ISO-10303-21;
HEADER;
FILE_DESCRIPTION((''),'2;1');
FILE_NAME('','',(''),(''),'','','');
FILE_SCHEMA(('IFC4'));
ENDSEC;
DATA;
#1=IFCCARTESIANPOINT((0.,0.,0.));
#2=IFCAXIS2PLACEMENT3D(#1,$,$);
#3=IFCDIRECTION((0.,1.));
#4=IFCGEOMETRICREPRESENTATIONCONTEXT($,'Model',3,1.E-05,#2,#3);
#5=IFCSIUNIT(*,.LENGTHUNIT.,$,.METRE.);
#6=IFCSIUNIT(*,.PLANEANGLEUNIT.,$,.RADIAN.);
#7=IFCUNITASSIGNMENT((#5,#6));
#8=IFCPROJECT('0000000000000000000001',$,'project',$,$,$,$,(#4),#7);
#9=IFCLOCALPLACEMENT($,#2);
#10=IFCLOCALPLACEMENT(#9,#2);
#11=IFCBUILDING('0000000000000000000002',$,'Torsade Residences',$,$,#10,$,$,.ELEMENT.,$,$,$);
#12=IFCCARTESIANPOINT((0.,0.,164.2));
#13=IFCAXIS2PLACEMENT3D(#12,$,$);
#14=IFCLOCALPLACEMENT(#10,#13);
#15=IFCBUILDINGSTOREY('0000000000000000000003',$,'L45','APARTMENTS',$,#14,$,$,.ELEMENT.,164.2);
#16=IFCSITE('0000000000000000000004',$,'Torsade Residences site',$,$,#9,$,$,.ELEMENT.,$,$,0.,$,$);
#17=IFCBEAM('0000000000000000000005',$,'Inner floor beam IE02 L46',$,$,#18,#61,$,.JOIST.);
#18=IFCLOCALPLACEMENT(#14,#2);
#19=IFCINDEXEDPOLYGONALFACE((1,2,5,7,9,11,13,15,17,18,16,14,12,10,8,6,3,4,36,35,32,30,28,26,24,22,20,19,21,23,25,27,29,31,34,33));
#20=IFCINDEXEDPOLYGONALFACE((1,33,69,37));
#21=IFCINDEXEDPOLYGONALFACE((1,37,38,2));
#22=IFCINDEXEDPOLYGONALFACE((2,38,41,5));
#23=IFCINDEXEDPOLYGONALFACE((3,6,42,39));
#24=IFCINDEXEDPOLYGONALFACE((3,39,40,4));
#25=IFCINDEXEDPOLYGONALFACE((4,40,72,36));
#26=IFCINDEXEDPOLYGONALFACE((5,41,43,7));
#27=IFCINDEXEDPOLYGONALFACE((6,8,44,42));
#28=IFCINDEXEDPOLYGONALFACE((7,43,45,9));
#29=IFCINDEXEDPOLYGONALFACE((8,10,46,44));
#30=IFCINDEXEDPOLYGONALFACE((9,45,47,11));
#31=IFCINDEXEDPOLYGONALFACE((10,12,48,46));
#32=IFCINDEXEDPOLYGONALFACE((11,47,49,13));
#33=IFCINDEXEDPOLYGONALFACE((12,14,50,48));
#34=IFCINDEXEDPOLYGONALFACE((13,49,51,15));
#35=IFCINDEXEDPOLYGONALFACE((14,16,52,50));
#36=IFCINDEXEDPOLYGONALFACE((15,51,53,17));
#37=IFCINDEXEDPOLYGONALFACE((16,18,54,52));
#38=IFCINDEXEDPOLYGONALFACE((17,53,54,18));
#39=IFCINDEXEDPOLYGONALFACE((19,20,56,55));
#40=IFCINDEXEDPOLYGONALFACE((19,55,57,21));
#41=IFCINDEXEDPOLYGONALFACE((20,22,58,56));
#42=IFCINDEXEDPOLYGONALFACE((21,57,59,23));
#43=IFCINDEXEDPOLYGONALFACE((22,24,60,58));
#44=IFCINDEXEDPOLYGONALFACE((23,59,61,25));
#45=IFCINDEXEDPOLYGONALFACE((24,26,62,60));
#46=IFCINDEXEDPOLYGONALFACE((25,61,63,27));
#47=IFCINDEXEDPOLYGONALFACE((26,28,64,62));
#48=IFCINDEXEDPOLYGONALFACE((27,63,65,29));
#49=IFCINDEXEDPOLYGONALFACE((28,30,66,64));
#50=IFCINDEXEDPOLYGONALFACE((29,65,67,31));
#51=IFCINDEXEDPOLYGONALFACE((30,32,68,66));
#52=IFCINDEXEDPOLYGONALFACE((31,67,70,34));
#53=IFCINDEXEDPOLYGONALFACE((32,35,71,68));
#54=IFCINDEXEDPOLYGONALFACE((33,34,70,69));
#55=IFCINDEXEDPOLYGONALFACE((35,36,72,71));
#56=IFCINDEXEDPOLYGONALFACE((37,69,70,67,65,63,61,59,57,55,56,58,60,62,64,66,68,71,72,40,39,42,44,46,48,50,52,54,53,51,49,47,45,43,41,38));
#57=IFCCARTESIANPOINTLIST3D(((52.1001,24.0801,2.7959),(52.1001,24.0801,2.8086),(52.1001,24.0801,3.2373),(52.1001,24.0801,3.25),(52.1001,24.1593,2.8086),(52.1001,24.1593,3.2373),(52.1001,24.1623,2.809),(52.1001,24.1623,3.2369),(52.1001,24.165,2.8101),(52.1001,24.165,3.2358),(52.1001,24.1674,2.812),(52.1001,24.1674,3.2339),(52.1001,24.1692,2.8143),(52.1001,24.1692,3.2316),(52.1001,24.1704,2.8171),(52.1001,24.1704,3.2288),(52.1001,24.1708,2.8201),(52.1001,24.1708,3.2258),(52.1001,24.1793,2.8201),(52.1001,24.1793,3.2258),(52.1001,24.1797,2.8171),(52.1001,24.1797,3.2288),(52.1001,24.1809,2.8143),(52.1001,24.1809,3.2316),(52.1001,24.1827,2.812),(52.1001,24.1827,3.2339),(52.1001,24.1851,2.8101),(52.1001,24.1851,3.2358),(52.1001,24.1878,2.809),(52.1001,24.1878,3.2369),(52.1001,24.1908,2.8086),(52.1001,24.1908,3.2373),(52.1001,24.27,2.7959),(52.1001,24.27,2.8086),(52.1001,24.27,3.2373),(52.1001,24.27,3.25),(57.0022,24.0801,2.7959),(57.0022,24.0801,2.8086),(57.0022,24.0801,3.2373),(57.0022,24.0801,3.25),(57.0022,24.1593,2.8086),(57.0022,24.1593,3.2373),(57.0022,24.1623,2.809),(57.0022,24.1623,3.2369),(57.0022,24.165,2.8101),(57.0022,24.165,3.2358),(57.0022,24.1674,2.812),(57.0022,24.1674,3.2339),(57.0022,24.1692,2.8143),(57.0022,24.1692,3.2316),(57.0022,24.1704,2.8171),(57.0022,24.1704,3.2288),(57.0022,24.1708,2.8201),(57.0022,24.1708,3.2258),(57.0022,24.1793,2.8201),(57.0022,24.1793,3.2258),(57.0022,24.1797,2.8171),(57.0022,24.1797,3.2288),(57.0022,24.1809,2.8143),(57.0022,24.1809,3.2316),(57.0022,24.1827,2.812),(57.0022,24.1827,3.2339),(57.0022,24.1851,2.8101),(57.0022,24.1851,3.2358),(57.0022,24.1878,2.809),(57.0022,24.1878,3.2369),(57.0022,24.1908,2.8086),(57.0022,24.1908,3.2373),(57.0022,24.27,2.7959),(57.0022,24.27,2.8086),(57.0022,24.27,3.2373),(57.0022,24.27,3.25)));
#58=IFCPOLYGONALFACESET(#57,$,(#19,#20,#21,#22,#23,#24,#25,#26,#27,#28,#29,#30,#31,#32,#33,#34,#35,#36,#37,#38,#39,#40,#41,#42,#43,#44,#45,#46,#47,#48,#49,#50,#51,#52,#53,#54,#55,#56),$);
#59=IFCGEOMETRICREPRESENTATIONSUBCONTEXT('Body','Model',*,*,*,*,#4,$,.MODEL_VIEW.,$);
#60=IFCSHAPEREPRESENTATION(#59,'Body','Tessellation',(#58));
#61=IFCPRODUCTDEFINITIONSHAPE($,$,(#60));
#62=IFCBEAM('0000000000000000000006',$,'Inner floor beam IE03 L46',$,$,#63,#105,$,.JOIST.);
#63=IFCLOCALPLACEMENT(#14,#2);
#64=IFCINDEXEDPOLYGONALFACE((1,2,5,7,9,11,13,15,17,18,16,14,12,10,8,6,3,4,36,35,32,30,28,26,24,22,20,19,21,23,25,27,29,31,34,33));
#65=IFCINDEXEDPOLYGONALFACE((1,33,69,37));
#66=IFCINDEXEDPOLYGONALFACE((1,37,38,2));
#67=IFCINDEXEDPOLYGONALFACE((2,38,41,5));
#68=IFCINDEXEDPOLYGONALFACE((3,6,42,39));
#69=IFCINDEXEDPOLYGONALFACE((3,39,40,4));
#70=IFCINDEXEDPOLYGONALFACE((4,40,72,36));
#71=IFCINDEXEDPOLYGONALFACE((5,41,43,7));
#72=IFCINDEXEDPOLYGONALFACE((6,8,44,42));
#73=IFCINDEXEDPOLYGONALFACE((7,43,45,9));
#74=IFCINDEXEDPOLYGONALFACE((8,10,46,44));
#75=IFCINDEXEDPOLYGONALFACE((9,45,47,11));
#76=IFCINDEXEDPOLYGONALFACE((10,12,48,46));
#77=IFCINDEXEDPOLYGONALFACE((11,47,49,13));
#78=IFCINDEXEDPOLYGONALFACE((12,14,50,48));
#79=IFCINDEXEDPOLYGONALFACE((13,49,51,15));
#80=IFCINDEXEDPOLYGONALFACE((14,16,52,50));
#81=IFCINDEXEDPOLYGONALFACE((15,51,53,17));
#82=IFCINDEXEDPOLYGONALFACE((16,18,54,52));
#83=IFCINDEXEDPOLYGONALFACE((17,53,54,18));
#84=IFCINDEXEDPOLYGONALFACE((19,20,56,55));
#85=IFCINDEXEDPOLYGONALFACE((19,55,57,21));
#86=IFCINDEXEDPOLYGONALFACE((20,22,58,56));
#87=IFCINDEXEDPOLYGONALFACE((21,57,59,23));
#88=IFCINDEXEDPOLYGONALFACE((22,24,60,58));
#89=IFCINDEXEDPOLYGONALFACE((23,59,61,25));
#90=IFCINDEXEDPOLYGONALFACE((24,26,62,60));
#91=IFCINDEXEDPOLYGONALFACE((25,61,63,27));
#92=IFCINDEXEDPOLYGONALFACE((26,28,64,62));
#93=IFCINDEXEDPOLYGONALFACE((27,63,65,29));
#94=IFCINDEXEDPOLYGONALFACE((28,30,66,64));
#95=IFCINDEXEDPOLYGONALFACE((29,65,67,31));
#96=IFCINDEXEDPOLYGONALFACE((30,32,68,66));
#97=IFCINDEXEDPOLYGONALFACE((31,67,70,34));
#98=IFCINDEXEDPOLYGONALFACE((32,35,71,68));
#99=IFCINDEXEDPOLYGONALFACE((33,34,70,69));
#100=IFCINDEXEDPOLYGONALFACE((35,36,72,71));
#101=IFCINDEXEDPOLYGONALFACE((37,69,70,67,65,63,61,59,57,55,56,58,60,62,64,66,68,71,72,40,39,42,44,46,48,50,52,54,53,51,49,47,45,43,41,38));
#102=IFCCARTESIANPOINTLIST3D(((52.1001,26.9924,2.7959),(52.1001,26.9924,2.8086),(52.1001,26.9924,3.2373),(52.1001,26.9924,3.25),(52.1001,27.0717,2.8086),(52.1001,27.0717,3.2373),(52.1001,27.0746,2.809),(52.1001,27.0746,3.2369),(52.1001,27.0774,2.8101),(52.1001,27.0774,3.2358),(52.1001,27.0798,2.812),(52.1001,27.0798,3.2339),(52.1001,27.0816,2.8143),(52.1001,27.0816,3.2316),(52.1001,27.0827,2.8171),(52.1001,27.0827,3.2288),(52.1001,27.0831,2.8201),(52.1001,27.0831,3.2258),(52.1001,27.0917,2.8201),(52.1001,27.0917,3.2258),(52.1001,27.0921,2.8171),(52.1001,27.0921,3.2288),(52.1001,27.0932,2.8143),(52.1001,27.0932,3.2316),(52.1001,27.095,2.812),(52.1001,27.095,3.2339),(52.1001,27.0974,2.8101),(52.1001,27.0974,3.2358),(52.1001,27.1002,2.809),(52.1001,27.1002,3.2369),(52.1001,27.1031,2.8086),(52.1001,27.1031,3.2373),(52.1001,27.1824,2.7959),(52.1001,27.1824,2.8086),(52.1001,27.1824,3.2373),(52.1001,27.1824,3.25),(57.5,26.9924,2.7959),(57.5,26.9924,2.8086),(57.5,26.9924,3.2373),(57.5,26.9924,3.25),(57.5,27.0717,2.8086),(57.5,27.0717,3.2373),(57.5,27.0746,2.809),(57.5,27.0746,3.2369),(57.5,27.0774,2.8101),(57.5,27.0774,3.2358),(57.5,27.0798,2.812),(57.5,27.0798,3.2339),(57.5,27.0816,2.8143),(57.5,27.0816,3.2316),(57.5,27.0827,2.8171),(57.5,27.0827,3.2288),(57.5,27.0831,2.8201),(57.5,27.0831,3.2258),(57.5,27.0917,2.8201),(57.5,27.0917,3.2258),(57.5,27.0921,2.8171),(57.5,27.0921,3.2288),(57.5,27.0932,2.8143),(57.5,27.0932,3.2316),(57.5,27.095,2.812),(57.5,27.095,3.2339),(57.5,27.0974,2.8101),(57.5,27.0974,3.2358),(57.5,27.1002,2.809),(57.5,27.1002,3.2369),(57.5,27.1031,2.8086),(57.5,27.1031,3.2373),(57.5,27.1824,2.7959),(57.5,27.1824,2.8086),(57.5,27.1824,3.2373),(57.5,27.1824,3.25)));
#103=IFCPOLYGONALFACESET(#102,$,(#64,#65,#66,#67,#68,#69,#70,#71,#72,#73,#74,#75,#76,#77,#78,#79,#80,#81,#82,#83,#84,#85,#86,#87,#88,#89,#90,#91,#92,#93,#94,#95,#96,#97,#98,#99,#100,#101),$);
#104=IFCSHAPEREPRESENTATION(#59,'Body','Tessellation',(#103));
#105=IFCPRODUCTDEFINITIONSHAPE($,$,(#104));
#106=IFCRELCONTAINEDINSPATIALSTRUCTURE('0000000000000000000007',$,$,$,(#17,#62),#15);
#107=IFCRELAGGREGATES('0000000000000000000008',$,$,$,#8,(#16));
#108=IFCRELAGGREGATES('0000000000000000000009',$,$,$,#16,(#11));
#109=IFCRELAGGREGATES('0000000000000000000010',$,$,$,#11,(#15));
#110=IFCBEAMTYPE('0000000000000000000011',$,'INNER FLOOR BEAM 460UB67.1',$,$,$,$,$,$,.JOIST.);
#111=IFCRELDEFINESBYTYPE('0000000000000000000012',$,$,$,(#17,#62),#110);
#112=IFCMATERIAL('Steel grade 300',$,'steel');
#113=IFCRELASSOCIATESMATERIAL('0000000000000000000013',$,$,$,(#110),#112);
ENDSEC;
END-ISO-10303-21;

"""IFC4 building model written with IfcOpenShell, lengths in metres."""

from ifc_helpers import new_model, si_unit, direction, frame, origin, origin_2d, place, context, subcontext, project, spatial, i_section, extrude, material, material_profile, profile_set, type_object, element, save


model = new_model("IFC4")

# Units and contexts
model_context = context("Model", 3, precision=1e-05, world=origin(), true_north=direction((0.0, 1.0)))
body_context = subcontext(model_context, "Body", "Model", "MODEL_VIEW")
ifc_project = project(units=[si_unit("LENGTHUNIT", "METRE"), si_unit("PLANEANGLEUNIT", "RADIAN")], contexts=[model_context])

# Site, building, storey
site_placement = place(None, origin())
site = spatial("IfcSite", under=ifc_project, at=site_placement, Name="Torsade Residences site", CompositionType="ELEMENT", RefElevation=0.0)
building_placement = place(site_placement, origin())
building = spatial("IfcBuilding", under=site, at=building_placement, Name="Torsade Residences", CompositionType="ELEMENT")
storey_placement = place(building_placement, frame((0.0, 0.0, 164.2)))
storey = spatial("IfcBuildingStorey", under=building, at=storey_placement, Name="L45", Description="APARTMENTS", CompositionType="ELEMENT", Elevation=164.2)

# Beams
ifc_material_1 = material(Name="Steel grade 300", Category="steel")
ifc_material_profile = material_profile(ifc_material_1, i_section(OverallWidth=0.1899, OverallDepth=0.4541, WebThickness=0.0085, FlangeThickness=0.0127, FilletRadius=0.0115, at=origin_2d()), Name="460UB67.1")
ifc_profile_set = profile_set([ifc_material_profile], Name="Steel grade 300")
beam_type = type_object("IfcBeamType", Name="INNER FLOOR BEAM 460UB67.1", PredefinedType="JOIST", material=ifc_profile_set)
beam_1_placement = place(storey_placement, frame((52.1001, 24.175, 3.0229), z_axis=(1.0, 0.0, 0.0), x_axis=(0.0, 1.0, 0.0)))
element("IfcBeam", 1, at=beam_1_placement, inside=storey, type_object=beam_type, Name="Inner floor beam IE02 L46", PredefinedType="JOIST", context=body_context, shape_type="SweptSolid", body=[
    extrude(i_section(OverallWidth=0.1899, OverallDepth=0.4541, WebThickness=0.0085, FlangeThickness=0.0127, FilletRadius=0.0115, at=origin_2d()), origin(), (0.0, 0.0, 1.0), 4.9021),
])
beam_2_placement = place(storey_placement, frame((52.1001, 27.0874, 3.0229), z_axis=(1.0, 0.0, 0.0), x_axis=(0.0, 1.0, 0.0)))
element("IfcBeam", 2, at=beam_2_placement, inside=storey, type_object=beam_type, Name="Inner floor beam IE03 L46", PredefinedType="JOIST", context=body_context, shape_type="SweptSolid", body=[
    extrude(i_section(OverallWidth=0.1899, OverallDepth=0.4541, WebThickness=0.0085, FlangeThickness=0.0127, FilletRadius=0.0115, at=origin_2d()), origin(), (0.0, 0.0, 1.0), 5.3999),
])

save(model, "model.ifc")
